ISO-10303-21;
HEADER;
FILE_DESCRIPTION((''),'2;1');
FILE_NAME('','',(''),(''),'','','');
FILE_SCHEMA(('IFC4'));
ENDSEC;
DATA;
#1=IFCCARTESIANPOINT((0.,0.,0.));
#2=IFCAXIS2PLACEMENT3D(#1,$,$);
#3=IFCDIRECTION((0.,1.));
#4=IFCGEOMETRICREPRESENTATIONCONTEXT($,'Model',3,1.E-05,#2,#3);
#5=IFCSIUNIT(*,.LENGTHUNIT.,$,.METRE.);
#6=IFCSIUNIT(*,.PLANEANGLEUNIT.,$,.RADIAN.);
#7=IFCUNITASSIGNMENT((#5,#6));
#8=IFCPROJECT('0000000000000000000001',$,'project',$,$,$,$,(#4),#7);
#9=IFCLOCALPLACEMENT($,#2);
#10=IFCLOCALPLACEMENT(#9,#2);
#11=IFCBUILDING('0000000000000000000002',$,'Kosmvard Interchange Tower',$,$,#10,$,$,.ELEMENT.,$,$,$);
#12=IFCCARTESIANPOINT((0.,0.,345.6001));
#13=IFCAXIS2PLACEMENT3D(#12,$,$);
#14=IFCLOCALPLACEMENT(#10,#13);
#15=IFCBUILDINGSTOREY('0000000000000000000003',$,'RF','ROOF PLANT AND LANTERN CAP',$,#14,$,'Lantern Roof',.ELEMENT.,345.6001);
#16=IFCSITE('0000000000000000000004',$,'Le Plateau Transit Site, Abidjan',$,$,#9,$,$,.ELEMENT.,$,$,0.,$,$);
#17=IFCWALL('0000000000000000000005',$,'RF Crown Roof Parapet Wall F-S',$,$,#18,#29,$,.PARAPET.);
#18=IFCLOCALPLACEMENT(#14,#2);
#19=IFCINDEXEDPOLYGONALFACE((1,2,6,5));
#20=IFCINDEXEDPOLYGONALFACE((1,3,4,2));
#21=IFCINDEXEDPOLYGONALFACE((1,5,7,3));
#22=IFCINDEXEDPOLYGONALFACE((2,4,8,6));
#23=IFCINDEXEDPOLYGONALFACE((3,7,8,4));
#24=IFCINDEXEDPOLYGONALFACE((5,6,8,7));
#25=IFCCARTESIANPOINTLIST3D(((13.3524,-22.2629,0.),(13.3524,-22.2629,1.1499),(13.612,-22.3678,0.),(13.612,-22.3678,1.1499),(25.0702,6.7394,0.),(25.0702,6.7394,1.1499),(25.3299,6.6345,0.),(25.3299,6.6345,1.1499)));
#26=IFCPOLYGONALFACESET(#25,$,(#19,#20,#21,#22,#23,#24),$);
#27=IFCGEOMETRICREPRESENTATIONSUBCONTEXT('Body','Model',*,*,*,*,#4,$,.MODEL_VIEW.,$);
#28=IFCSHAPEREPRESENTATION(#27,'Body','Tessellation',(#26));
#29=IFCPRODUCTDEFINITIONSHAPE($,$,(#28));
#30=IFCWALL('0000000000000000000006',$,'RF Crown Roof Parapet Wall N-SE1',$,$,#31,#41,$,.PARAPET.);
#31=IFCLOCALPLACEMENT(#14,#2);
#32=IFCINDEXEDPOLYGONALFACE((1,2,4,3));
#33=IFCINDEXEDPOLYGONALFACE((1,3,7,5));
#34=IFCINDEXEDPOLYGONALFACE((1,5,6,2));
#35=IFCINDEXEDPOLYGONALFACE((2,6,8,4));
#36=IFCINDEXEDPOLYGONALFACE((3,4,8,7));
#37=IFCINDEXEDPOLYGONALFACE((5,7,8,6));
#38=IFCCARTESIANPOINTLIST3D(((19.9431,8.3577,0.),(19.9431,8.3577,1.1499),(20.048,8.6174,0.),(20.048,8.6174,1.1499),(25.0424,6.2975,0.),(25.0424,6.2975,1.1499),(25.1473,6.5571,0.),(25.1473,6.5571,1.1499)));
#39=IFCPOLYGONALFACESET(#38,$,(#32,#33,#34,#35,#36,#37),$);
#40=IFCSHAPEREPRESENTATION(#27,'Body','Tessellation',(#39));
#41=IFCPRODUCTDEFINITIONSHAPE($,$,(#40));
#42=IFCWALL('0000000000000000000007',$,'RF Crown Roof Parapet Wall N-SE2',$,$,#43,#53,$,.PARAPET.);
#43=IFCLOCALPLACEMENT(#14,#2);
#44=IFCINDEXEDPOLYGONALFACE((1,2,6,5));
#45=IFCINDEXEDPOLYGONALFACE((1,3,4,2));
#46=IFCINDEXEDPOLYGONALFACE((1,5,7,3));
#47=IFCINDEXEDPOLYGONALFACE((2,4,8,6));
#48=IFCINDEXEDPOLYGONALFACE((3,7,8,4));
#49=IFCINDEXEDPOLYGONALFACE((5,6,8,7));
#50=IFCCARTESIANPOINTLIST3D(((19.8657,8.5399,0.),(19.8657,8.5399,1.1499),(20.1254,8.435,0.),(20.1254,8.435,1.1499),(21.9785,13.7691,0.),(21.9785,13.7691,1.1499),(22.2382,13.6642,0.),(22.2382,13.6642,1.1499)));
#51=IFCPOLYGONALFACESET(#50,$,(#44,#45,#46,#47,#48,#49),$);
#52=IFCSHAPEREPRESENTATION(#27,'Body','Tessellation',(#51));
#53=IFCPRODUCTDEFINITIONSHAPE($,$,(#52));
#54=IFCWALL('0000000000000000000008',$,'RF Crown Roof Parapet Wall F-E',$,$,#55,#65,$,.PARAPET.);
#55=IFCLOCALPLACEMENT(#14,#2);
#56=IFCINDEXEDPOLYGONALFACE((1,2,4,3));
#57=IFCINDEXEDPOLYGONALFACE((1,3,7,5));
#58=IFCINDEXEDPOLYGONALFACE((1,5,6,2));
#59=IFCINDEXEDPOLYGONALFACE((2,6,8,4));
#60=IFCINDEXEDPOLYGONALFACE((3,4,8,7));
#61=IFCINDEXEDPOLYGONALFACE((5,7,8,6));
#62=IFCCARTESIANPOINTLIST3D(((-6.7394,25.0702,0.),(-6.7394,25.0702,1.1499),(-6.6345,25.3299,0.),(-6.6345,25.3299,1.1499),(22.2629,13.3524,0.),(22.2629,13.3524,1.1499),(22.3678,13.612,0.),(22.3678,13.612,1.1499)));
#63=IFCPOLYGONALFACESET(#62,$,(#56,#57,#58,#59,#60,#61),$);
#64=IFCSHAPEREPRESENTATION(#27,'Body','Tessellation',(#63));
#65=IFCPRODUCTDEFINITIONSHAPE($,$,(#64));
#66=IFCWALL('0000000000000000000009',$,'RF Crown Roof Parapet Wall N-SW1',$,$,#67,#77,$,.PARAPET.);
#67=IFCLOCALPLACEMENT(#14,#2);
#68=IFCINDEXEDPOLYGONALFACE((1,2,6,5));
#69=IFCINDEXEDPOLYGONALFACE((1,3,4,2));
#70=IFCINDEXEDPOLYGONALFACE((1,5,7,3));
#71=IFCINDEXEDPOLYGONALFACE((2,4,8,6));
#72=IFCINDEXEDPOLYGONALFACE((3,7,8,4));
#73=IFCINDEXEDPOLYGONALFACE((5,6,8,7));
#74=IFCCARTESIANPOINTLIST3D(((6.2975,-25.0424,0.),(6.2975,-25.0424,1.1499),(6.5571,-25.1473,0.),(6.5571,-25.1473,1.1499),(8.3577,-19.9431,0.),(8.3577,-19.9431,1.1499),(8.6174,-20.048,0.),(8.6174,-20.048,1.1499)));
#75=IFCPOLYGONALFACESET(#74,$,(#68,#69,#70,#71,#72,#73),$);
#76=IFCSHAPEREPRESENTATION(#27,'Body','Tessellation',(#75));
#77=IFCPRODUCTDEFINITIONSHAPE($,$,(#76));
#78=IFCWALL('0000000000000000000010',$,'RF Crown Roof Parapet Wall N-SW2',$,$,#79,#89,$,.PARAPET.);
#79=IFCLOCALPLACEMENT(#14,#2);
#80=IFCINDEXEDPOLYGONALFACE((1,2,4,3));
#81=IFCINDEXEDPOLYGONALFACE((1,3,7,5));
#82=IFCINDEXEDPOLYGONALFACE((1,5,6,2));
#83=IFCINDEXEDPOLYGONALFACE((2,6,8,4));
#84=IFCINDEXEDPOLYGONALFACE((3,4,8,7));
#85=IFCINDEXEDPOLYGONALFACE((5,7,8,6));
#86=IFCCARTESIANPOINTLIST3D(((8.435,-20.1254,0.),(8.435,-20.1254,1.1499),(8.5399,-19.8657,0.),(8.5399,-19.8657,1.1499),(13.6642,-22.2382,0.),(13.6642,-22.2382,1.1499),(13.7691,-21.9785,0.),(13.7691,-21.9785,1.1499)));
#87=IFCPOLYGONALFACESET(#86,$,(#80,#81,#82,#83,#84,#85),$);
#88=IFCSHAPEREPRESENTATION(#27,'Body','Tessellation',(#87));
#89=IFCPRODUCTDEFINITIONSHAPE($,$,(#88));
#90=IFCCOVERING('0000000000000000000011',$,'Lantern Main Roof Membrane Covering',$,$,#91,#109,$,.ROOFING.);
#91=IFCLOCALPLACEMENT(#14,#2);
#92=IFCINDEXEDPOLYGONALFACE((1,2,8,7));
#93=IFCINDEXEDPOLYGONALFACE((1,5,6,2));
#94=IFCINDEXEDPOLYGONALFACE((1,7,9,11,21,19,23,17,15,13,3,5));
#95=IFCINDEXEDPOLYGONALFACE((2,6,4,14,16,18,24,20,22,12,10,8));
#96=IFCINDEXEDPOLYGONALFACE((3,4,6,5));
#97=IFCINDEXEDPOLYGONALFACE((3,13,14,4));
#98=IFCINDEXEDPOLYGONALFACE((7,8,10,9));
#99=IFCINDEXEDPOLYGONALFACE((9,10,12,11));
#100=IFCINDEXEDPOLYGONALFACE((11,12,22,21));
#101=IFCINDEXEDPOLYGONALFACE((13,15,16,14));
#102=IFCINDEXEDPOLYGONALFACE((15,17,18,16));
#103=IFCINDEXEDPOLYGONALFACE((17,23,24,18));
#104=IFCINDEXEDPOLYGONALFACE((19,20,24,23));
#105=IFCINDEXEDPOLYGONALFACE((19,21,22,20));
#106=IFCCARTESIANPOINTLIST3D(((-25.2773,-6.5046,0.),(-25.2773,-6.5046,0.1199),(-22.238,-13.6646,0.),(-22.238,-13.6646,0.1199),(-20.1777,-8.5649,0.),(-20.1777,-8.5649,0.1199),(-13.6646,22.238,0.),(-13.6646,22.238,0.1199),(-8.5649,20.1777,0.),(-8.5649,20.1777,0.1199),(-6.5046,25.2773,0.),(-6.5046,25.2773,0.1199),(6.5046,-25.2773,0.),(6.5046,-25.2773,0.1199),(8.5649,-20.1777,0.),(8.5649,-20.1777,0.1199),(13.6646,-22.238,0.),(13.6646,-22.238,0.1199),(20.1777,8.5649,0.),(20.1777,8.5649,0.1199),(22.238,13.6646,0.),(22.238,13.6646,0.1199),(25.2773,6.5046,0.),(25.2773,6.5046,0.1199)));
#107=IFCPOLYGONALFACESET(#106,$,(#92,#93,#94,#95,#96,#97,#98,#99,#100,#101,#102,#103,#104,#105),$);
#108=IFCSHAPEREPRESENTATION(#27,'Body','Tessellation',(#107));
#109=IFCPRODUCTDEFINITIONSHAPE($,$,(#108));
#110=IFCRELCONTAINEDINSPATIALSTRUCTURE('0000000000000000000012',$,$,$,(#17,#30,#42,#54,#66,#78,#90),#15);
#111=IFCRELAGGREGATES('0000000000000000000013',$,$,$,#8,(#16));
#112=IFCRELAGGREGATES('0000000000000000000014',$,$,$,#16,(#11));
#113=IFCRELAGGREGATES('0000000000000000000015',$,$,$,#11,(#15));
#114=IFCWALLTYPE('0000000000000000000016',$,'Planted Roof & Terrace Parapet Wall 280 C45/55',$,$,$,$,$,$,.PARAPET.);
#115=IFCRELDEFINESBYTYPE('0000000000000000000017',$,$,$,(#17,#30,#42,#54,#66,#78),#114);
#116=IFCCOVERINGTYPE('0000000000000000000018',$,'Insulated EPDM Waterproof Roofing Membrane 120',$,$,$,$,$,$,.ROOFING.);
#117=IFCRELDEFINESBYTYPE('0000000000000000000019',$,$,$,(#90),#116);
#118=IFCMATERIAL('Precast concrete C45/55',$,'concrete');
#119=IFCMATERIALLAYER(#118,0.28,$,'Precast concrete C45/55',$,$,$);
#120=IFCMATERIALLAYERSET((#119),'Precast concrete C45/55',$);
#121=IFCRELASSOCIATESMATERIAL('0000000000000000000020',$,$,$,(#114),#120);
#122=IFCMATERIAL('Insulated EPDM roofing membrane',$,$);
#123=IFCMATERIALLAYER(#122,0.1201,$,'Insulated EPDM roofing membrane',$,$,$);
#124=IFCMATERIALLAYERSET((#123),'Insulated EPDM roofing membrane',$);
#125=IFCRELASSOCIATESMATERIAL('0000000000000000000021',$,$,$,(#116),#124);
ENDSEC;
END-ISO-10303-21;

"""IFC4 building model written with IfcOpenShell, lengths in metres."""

from ifc_helpers import new_model, si_unit, direction, frame, frame_2d, origin, place, context, subcontext, project, spatial, polyline, rectangle, outline, extrude, material, layer, layer_set, type_object, element, save


model = new_model("IFC4")

# Units and contexts
model_context = context("Model", 3, precision=1e-05, world=origin(), true_north=direction((0.0, 1.0)))
body_context = subcontext(model_context, "Body", "Model", "MODEL_VIEW")
ifc_project = project(units=[si_unit("LENGTHUNIT", "METRE"), si_unit("PLANEANGLEUNIT", "RADIAN")], contexts=[model_context])

# Site, building, storey
site_placement = place(None, origin())
site = spatial("IfcSite", under=ifc_project, at=site_placement, Name="Le Plateau Transit Site, Abidjan", CompositionType="ELEMENT", RefElevation=0.0)
building_placement = place(site_placement, origin())
building = spatial("IfcBuilding", under=site, at=building_placement, Name="Kosmvard Interchange Tower", CompositionType="ELEMENT")
storey_placement = place(building_placement, frame((0.0, 0.0, 345.6001)))
storey = spatial("IfcBuildingStorey", under=building, at=storey_placement, Name="RF", Description="ROOF PLANT AND LANTERN CAP", LongName="Lantern Roof", CompositionType="ELEMENT", Elevation=345.6001)

# Walls
ifc_material_1 = material(Name="Precast concrete C45/55", Category="concrete")
ifc_layer_1 = layer(ifc_material_1, 0.28, Name="Precast concrete C45/55")
ifc_layer_set_1 = layer_set([ifc_layer_1], Name="Precast concrete C45/55")
wall_type = type_object("IfcWallType", Name="Planted Roof & Terrace Parapet Wall 280 C45/55", PredefinedType="PARAPET", material=ifc_layer_set_1)
wall_1_placement = place(storey_placement, frame((13.4822, -22.3154, 0.0), z_axis=(0.0, 0.0, 1.0), x_axis=(0.37461, 0.927182, 0.0)))
element("IfcWall", 1, at=wall_1_placement, inside=storey, type_object=wall_type, Name="RF Crown Roof Parapet Wall F-S", PredefinedType="PARAPET", context=body_context, shape_type="SweptSolid", body=[
    extrude(rectangle(XDim=31.28, YDim=0.28, at=frame_2d((15.6401, 0.0))), origin(), (0.0, 0.0, 1.0), 1.1499),
])
wall_2_placement = place(storey_placement, frame((25.095, 6.4272, 0.0), z_axis=(0.0, 0.0, 1.0), x_axis=(-0.927182, 0.374611, 0.0)))
element("IfcWall", 2, at=wall_2_placement, inside=storey, type_object=wall_type, Name="RF Crown Roof Parapet Wall N-SE1", PredefinedType="PARAPET", context=body_context, shape_type="SweptSolid", body=[
    extrude(rectangle(XDim=5.4998, YDim=0.28, at=frame_2d((2.75, 0.0))), origin(), (0.0, 0.0, 1.0), 1.1499),
])
wall_3_placement = place(storey_placement, frame((19.9956, 8.4875, 0.0), z_axis=(0.0, 0.0, 1.0), x_axis=(0.374613, 0.927181, 0.0)))
element("IfcWall", 3, at=wall_3_placement, inside=storey, type_object=wall_type, Name="RF Crown Roof Parapet Wall N-SE2", PredefinedType="PARAPET", context=body_context, shape_type="SweptSolid", body=[
    extrude(rectangle(XDim=5.6399, YDim=0.28, at=frame_2d((2.8198, 0.0))), origin(), (0.0, 0.0, 1.0), 1.1499),
])
wall_4_placement = place(storey_placement, frame((22.3154, 13.4822, 0.0), z_axis=(0.0, 0.0, 1.0), x_axis=(-0.927182, 0.37461, 0.0)))
element("IfcWall", 4, at=wall_4_placement, inside=storey, type_object=wall_type, Name="RF Crown Roof Parapet Wall F-E", PredefinedType="PARAPET", context=body_context, shape_type="SweptSolid", body=[
    extrude(rectangle(XDim=31.28, YDim=0.28, at=frame_2d((15.6401, 0.0))), origin(), (0.0, 0.0, 1.0), 1.1499),
])
wall_5_placement = place(storey_placement, frame((6.4272, -25.095, 0.0), z_axis=(0.0, 0.0, 1.0), x_axis=(0.374611, 0.927182, 0.0)))
element("IfcWall", 5, at=wall_5_placement, inside=storey, type_object=wall_type, Name="RF Crown Roof Parapet Wall N-SW1", PredefinedType="PARAPET", context=body_context, shape_type="SweptSolid", body=[
    extrude(rectangle(XDim=5.4998, YDim=0.28, at=frame_2d((2.75, 0.0))), origin(), (0.0, 0.0, 1.0), 1.1499),
])
wall_6_placement = place(storey_placement, frame((8.4875, -19.9956, 0.0), z_axis=(0.0, 0.0, 1.0), x_axis=(0.927181, -0.374613, 0.0)))
element("IfcWall", 6, at=wall_6_placement, inside=storey, type_object=wall_type, Name="RF Crown Roof Parapet Wall N-SW2", PredefinedType="PARAPET", context=body_context, shape_type="SweptSolid", body=[
    extrude(rectangle(XDim=5.6399, YDim=0.28, at=frame_2d((2.8198, 0.0))), origin(), (0.0, 0.0, 1.0), 1.1499),
])

# Covering
ifc_material_2 = material(Name="Insulated EPDM roofing membrane")
ifc_layer_2 = layer(ifc_material_2, 0.1201, Name="Insulated EPDM roofing membrane")
ifc_layer_set_2 = layer_set([ifc_layer_2], Name="Insulated EPDM roofing membrane")
covering_type = type_object("IfcCoveringType", Name="Insulated EPDM Waterproof Roofing Membrane 120", PredefinedType="ROOFING", material=ifc_layer_set_2)
covering_placement = place(storey_placement, origin())
element("IfcCovering", 7, at=covering_placement, inside=storey, type_object=covering_type, Name="Lantern Main Roof Membrane Covering", PredefinedType="ROOFING", context=body_context, shape_type="SweptSolid", body=[
    extrude(outline(polyline([(13.6646, -22.238), (25.2773, 6.5046), (20.1777, 8.5649), (22.238, 13.6646), (-6.5046, 25.2773), (-8.5649, 20.1777), (-13.6646, 22.238), (-25.2773, -6.5046), (-20.1777, -8.5649), (-22.238, -13.6646), (6.5046, -25.2773), (8.5649, -20.1777), (13.6646, -22.238)])), origin(), (0.0, 0.0, 1.0), 0.1199),
])

save(model, "model.ifc")
